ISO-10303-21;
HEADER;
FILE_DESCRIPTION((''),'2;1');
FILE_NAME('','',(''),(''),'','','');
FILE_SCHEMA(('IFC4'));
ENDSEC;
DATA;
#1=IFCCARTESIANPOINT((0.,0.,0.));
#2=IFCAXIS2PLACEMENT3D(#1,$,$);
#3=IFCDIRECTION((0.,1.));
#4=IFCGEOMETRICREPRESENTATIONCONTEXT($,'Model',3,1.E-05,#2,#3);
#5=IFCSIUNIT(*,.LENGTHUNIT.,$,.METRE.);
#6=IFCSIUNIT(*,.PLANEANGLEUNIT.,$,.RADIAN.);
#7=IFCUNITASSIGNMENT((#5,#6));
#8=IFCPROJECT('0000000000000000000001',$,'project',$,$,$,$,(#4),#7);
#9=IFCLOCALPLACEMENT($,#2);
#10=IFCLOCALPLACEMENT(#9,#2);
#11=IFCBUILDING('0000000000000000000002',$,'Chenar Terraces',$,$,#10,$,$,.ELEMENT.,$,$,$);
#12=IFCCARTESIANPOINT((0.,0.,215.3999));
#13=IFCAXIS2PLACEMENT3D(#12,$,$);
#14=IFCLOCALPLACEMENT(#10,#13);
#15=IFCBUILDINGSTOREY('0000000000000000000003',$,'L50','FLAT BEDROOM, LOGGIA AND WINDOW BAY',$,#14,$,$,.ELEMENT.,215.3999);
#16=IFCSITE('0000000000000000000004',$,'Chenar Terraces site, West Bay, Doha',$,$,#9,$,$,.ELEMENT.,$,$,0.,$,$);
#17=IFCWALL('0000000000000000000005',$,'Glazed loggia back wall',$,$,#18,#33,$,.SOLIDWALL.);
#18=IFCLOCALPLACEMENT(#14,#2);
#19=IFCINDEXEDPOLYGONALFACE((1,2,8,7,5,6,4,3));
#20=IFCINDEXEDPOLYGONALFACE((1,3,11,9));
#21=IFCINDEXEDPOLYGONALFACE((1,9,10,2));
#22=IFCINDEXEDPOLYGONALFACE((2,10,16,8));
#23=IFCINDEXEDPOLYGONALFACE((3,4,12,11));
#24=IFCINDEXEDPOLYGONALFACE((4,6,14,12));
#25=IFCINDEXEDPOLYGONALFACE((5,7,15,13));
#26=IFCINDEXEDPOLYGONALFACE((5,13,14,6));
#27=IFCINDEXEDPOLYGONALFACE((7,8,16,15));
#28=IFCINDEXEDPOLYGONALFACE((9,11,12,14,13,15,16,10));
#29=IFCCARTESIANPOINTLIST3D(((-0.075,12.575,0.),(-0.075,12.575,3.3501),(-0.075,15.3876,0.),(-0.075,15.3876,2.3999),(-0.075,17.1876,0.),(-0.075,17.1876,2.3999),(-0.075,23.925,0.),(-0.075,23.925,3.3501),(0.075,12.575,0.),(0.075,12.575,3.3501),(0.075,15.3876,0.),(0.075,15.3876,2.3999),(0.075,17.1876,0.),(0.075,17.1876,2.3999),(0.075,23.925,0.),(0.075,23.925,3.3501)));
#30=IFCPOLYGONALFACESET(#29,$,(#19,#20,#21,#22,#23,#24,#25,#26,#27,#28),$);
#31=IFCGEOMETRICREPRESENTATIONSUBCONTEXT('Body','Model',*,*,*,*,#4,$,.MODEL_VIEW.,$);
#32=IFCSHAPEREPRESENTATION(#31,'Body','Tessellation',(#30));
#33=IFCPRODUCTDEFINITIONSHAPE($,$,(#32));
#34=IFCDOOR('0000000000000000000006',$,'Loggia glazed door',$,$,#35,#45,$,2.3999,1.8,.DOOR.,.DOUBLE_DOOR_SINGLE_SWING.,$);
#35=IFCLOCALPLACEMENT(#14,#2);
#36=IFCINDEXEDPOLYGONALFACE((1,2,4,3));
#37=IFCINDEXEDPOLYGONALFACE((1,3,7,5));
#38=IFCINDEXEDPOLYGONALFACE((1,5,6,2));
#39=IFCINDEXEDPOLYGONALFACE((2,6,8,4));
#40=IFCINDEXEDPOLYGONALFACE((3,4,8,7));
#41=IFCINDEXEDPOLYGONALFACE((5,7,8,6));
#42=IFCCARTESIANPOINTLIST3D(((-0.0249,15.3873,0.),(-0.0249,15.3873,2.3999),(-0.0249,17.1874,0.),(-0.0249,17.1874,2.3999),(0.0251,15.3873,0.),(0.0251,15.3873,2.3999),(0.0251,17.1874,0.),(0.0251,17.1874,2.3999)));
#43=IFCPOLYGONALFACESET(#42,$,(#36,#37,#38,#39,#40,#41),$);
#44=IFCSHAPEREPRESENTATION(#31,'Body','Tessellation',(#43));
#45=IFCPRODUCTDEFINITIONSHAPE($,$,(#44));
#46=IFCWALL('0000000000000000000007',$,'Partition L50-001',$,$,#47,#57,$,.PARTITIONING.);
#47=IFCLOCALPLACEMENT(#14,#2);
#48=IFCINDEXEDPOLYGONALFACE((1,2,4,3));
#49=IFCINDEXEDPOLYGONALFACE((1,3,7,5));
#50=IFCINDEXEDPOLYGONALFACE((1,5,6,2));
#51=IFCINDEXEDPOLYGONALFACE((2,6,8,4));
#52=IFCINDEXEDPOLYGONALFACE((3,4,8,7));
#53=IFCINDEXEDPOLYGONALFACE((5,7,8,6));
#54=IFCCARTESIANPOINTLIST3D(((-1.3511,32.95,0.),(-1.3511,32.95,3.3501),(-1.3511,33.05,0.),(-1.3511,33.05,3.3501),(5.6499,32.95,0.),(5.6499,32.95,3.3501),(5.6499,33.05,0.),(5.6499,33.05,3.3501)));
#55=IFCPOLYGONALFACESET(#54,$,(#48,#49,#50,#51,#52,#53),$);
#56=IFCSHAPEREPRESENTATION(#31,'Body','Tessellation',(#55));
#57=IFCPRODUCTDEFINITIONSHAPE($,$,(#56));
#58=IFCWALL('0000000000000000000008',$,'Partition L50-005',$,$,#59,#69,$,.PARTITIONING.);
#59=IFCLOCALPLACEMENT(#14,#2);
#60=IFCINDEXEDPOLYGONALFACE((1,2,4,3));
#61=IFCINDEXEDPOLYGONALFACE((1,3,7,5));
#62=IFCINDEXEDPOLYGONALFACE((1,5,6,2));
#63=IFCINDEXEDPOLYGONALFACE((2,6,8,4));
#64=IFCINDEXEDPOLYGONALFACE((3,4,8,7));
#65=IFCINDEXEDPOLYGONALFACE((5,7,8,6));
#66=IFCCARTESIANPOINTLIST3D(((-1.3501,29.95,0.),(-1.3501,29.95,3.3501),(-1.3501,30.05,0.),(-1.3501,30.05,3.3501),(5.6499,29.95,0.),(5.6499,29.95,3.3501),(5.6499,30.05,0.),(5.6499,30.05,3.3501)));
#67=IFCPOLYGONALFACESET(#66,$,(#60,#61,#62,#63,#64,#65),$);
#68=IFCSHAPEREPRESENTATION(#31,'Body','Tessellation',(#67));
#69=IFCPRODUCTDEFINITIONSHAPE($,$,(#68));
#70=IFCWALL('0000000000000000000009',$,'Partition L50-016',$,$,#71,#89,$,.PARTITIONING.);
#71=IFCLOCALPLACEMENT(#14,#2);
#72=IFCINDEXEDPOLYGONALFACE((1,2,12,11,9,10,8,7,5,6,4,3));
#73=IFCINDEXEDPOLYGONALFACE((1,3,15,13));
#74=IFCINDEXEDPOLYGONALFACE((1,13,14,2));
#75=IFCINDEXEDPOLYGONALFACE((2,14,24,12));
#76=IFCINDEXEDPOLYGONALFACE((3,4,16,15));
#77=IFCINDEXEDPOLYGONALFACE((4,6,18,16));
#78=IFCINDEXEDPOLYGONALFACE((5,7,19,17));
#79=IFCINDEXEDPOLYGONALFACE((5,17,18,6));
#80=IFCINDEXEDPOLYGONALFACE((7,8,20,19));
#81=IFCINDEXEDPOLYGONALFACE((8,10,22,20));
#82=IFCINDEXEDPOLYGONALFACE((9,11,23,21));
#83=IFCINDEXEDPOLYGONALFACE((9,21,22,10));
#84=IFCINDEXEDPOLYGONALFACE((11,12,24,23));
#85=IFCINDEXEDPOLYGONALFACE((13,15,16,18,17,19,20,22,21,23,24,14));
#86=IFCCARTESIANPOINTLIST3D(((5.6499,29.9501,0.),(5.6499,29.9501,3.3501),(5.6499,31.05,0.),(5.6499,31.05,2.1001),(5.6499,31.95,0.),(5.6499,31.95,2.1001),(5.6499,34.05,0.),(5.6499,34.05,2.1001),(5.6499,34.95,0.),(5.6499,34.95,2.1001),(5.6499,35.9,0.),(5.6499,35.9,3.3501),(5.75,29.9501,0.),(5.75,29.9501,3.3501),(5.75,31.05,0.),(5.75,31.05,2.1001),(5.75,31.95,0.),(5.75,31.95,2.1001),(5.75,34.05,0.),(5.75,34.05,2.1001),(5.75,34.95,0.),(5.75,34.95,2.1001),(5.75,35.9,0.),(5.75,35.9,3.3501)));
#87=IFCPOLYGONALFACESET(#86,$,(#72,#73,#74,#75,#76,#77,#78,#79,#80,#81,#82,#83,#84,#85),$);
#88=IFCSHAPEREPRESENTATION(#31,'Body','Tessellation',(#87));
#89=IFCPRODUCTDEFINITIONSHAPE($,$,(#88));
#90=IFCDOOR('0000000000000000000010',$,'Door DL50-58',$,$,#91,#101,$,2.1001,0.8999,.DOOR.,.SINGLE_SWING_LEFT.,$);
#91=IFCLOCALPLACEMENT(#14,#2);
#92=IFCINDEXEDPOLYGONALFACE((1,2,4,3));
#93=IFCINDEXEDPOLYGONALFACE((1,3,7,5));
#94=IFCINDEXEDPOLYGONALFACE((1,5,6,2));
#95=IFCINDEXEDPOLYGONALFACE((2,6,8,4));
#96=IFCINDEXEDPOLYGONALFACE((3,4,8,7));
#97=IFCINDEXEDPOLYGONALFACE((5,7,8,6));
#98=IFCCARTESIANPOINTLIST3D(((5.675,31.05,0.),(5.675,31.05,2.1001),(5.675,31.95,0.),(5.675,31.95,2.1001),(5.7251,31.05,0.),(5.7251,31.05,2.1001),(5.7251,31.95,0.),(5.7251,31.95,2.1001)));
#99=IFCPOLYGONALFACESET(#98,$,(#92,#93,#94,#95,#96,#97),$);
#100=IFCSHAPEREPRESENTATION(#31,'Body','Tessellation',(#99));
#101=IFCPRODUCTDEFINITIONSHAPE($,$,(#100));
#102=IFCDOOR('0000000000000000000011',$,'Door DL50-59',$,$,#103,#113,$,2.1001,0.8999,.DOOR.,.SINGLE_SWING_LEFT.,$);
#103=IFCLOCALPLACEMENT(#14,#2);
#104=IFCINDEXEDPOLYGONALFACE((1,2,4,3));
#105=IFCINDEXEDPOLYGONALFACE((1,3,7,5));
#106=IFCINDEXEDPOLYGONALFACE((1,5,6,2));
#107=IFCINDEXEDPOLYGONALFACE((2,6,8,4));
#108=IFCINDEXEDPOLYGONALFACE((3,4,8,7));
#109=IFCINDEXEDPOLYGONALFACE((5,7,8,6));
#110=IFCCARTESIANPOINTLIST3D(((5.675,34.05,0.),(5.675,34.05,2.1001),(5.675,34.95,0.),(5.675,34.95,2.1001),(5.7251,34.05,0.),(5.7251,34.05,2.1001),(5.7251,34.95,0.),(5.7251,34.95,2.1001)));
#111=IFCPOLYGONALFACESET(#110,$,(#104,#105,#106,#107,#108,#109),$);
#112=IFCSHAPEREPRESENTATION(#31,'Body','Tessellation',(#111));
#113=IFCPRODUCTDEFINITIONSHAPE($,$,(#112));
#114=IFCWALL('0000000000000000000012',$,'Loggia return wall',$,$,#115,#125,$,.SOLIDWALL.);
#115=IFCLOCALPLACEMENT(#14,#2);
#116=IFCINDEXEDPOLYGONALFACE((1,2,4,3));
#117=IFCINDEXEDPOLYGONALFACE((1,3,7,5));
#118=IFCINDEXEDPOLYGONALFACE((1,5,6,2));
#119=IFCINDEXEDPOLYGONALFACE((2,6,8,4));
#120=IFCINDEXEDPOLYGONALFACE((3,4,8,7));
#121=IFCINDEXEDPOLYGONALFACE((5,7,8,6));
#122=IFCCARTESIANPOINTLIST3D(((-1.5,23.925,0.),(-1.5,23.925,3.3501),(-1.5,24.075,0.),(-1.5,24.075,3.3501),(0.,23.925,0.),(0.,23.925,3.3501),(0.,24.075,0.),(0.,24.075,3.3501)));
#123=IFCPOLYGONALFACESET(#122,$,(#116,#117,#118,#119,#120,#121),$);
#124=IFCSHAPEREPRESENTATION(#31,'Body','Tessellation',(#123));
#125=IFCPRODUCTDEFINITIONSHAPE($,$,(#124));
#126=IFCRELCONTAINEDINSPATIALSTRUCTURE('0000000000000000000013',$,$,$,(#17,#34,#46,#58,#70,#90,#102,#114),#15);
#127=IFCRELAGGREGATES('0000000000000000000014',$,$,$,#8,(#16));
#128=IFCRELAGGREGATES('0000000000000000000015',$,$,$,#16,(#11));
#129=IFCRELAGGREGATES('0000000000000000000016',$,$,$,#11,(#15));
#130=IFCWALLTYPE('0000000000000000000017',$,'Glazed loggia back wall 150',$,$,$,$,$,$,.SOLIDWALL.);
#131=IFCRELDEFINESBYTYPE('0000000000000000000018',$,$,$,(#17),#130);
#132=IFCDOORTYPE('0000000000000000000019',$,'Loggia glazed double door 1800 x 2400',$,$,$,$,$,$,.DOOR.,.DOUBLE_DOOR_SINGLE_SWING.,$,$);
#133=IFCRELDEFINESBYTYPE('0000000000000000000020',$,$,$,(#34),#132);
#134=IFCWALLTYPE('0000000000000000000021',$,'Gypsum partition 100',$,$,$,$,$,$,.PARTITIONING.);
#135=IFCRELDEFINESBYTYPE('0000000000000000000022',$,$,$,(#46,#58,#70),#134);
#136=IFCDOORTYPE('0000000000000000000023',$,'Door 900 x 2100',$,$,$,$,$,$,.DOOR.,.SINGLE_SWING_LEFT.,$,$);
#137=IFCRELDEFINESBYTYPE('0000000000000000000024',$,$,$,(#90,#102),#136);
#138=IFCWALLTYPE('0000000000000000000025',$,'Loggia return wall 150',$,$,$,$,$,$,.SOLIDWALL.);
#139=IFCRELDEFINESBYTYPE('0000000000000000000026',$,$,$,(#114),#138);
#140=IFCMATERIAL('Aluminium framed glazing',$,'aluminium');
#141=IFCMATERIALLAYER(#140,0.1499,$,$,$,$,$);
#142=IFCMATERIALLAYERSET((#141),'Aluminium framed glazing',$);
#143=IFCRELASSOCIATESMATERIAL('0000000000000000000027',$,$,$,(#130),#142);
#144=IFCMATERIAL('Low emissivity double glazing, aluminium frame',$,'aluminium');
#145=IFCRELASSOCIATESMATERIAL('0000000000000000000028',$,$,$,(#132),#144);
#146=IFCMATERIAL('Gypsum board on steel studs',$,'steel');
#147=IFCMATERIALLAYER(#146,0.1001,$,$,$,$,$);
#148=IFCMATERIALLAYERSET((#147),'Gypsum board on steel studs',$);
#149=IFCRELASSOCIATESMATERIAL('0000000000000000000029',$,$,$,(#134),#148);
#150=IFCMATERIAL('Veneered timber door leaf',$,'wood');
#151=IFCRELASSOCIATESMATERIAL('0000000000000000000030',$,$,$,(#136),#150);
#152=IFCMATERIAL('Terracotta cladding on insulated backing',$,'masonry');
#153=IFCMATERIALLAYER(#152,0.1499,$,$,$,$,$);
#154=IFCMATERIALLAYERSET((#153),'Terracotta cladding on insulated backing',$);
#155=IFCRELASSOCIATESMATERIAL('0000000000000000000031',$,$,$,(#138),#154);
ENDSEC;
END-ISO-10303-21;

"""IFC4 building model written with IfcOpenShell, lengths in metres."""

from ifc_helpers import new_model, si_unit, direction, frame, frame_2d, origin, place, context, subcontext, project, spatial, rectangle, extrude, material, layer, layer_set, type_object, element, fill, save


model = new_model("IFC4")

# Units and contexts
model_context = context("Model", 3, precision=1e-05, world=origin(), true_north=direction((0.0, 1.0)))
body_context = subcontext(model_context, "Body", "Model", "MODEL_VIEW")
ifc_project = project(units=[si_unit("LENGTHUNIT", "METRE"), si_unit("PLANEANGLEUNIT", "RADIAN")], contexts=[model_context])

# Site, building, storey
site_placement = place(None, origin())
site = spatial("IfcSite", under=ifc_project, at=site_placement, Name="Chenar Terraces site, West Bay, Doha", CompositionType="ELEMENT", RefElevation=0.0)
building_placement = place(site_placement, origin())
building = spatial("IfcBuilding", under=site, at=building_placement, Name="Chenar Terraces", CompositionType="ELEMENT")
storey_placement = place(building_placement, frame((0.0, 0.0, 215.3999)))
storey = spatial("IfcBuildingStorey", under=building, at=storey_placement, Name="L50", Description="FLAT BEDROOM, LOGGIA AND WINDOW BAY", CompositionType="ELEMENT", Elevation=215.3999)

# Wall, opening, door
ifc_material_1 = material(Name="Aluminium framed glazing", Category="aluminium")
ifc_layer_1 = layer(ifc_material_1, 0.1499)
ifc_layer_set_1 = layer_set([ifc_layer_1], Name="Aluminium framed glazing")
wall_type_1 = type_object("IfcWallType", Name="Glazed loggia back wall 150", PredefinedType="SOLIDWALL", material=ifc_layer_set_1)
wall_1_placement = place(storey_placement, frame((0.0, 23.925, 0.0), z_axis=(0.0, 0.0, 1.0), x_axis=(0.0, -1.0, 0.0)))
wall_1 = element("IfcWall", 1, at=wall_1_placement, inside=storey, type_object=wall_type_1, Name="Glazed loggia back wall", PredefinedType="SOLIDWALL", context=body_context, shape_type="SweptSolid", body=[
    extrude(rectangle(XDim=11.3501, YDim=0.1499, at=frame_2d((5.675, 0.0))), origin(), (0.0, 0.0, 1.0), 3.3501),
])
opening_1_placement = place(wall_1_placement, frame((6.7375, 0.0, 0.0)))
opening_1 = element("IfcOpeningElement", 2, at=opening_1_placement, cuts=wall_1, PredefinedType="OPENING", context=body_context, shape_type="SweptSolid", body=[
    extrude(rectangle(XDim=1.8, YDim=2.3999, at=frame_2d((0.8999, 1.2))), frame((0.0, 0.085, 0.0), z_axis=(0.0, -1.0, 0.0), x_axis=(1.0, 0.0, 0.0)), (0.0, 0.0, 1.0), 0.1699),
])
ifc_material_2 = material(Name="Low emissivity double glazing, aluminium frame", Category="aluminium")
door_type_1 = type_object("IfcDoorType", Name="Loggia glazed double door 1800 x 2400", OperationType="DOUBLE_DOOR_SINGLE_SWING", PredefinedType="DOOR", material=ifc_material_2)
door_1_placement = place(opening_1_placement, frame((1.8, 0.0, 0.0), z_axis=(0.0, 0.0, 1.0), x_axis=(-1.0, 0.0, 0.0)))
door_1 = element("IfcDoor", 3, at=door_1_placement, inside=storey, type_object=door_type_1, Name="Loggia glazed door", OperationType="DOUBLE_DOOR_SINGLE_SWING", OverallHeight=2.3999, OverallWidth=1.8, PredefinedType="DOOR", context=body_context, shape_type="SweptSolid", body=[
    extrude(rectangle(XDim=1.8, YDim=2.3999, at=frame_2d((0.8999, 1.2))), frame((0.0, 0.0249, 0.0), z_axis=(0.0, -1.0, 0.0), x_axis=(1.0, 0.0, 0.0)), (0.0, 0.0, 1.0), 0.05),
])
fill(opening_1, door_1)

# Walls
ifc_material_3 = material(Name="Gypsum board on steel studs", Category="steel")
ifc_layer_2 = layer(ifc_material_3, 0.1001)
ifc_layer_set_2 = layer_set([ifc_layer_2], Name="Gypsum board on steel studs")
wall_type_2 = type_object("IfcWallType", Name="Gypsum partition 100", PredefinedType="PARTITIONING", material=ifc_layer_set_2)
wall_2_placement = place(storey_placement, frame((-1.3511, 33.0, 0.0), z_axis=(0.0, 0.0, 1.0), x_axis=(1.0, 0.0, 0.0)))
element("IfcWall", 4, at=wall_2_placement, inside=storey, type_object=wall_type_2, Name="Partition L50-001", PredefinedType="PARTITIONING", context=body_context, shape_type="SweptSolid", body=[
    extrude(rectangle(XDim=7.001, YDim=0.1001, at=frame_2d((3.5005, 0.0))), origin(), (0.0, 0.0, 1.0), 3.3501),
])
wall_3_placement = place(storey_placement, frame((-1.3501, 30.0, 0.0), z_axis=(0.0, 0.0, 1.0), x_axis=(1.0, 0.0, 0.0)))
element("IfcWall", 5, at=wall_3_placement, inside=storey, type_object=wall_type_2, Name="Partition L50-005", PredefinedType="PARTITIONING", context=body_context, shape_type="SweptSolid", body=[
    extrude(rectangle(XDim=7.0, YDim=0.1001, at=frame_2d((3.5, 0.0))), origin(), (0.0, 0.0, 1.0), 3.3501),
])

# Wall, openings, doors
wall_4_placement = place(storey_placement, frame((5.7, 29.95, 0.0), z_axis=(0.0, 0.0, 1.0), x_axis=(0.0, 1.0, 0.0)))
wall_4 = element("IfcWall", 6, at=wall_4_placement, inside=storey, type_object=wall_type_2, Name="Partition L50-016", PredefinedType="PARTITIONING", context=body_context, shape_type="SweptSolid", body=[
    extrude(rectangle(XDim=5.95, YDim=0.1001, at=frame_2d((2.9751, 0.0))), origin(), (0.0, 0.0, 1.0), 3.3501),
])
opening_2_placement = place(wall_4_placement, frame((1.1001, 0.0, 0.0)))
opening_2 = element("IfcOpeningElement", 7, at=opening_2_placement, cuts=wall_4, PredefinedType="OPENING", context=body_context, shape_type="SweptSolid", body=[
    extrude(rectangle(XDim=0.8999, YDim=2.1001, at=frame_2d((0.45, 1.05))), frame((0.0, 0.0601, 0.0), z_axis=(0.0, -1.0, 0.0), x_axis=(1.0, 0.0, 0.0)), (0.0, 0.0, 1.0), 0.1201),
])
opening_3_placement = place(wall_4_placement, frame((4.1001, 0.0, 0.0)))
opening_3 = element("IfcOpeningElement", 8, at=opening_3_placement, cuts=wall_4, PredefinedType="OPENING", context=body_context, shape_type="SweptSolid", body=[
    extrude(rectangle(XDim=0.8999, YDim=2.1001, at=frame_2d((0.45, 1.05))), frame((0.0, 0.0601, 0.0), z_axis=(0.0, -1.0, 0.0), x_axis=(1.0, 0.0, 0.0)), (0.0, 0.0, 1.0), 0.1201),
])
ifc_material_4 = material(Name="Veneered timber door leaf", Category="wood")
door_type_2 = type_object("IfcDoorType", Name="Door 900 x 2100", OperationType="SINGLE_SWING_LEFT", PredefinedType="DOOR", material=ifc_material_4)
door_2_placement = place(opening_2_placement, origin())
door_2 = element("IfcDoor", 9, at=door_2_placement, inside=storey, type_object=door_type_2, Name="Door DL50-58", OperationType="SINGLE_SWING_LEFT", OverallHeight=2.1001, OverallWidth=0.8999, PredefinedType="DOOR", context=body_context, shape_type="SweptSolid", body=[
    extrude(rectangle(XDim=0.8999, YDim=2.1001, at=frame_2d((0.45, 1.05))), frame((0.0, 0.0249, 0.0), z_axis=(0.0, -1.0, 0.0), x_axis=(1.0, 0.0, 0.0)), (0.0, 0.0, 1.0), 0.05),
])
fill(opening_2, door_2)
door_3_placement = place(opening_3_placement, origin())
door_3 = element("IfcDoor", 10, at=door_3_placement, inside=storey, type_object=door_type_2, Name="Door DL50-59", OperationType="SINGLE_SWING_LEFT", OverallHeight=2.1001, OverallWidth=0.8999, PredefinedType="DOOR", context=body_context, shape_type="SweptSolid", body=[
    extrude(rectangle(XDim=0.8999, YDim=2.1001, at=frame_2d((0.45, 1.05))), frame((0.0, 0.0249, 0.0), z_axis=(0.0, -1.0, 0.0), x_axis=(1.0, 0.0, 0.0)), (0.0, 0.0, 1.0), 0.05),
])
fill(opening_3, door_3)

# Wall
ifc_material_5 = material(Name="Terracotta cladding on insulated backing", Category="masonry")
ifc_layer_3 = layer(ifc_material_5, 0.1499)
ifc_layer_set_3 = layer_set([ifc_layer_3], Name="Terracotta cladding on insulated backing")
wall_type_3 = type_object("IfcWallType", Name="Loggia return wall 150", PredefinedType="SOLIDWALL", material=ifc_layer_set_3)
wall_5_placement = place(storey_placement, frame((-1.5, 24.0, 0.0), z_axis=(0.0, 0.0, 1.0), x_axis=(1.0, 0.0, 0.0)))
element("IfcWall", 11, at=wall_5_placement, inside=storey, type_object=wall_type_3, Name="Loggia return wall", PredefinedType="SOLIDWALL", context=body_context, shape_type="SweptSolid", body=[
    extrude(rectangle(XDim=1.5, YDim=0.1499, at=frame_2d((0.75, 0.0))), origin(), (0.0, 0.0, 1.0), 3.3501),
])

save(model, "model.ifc")
